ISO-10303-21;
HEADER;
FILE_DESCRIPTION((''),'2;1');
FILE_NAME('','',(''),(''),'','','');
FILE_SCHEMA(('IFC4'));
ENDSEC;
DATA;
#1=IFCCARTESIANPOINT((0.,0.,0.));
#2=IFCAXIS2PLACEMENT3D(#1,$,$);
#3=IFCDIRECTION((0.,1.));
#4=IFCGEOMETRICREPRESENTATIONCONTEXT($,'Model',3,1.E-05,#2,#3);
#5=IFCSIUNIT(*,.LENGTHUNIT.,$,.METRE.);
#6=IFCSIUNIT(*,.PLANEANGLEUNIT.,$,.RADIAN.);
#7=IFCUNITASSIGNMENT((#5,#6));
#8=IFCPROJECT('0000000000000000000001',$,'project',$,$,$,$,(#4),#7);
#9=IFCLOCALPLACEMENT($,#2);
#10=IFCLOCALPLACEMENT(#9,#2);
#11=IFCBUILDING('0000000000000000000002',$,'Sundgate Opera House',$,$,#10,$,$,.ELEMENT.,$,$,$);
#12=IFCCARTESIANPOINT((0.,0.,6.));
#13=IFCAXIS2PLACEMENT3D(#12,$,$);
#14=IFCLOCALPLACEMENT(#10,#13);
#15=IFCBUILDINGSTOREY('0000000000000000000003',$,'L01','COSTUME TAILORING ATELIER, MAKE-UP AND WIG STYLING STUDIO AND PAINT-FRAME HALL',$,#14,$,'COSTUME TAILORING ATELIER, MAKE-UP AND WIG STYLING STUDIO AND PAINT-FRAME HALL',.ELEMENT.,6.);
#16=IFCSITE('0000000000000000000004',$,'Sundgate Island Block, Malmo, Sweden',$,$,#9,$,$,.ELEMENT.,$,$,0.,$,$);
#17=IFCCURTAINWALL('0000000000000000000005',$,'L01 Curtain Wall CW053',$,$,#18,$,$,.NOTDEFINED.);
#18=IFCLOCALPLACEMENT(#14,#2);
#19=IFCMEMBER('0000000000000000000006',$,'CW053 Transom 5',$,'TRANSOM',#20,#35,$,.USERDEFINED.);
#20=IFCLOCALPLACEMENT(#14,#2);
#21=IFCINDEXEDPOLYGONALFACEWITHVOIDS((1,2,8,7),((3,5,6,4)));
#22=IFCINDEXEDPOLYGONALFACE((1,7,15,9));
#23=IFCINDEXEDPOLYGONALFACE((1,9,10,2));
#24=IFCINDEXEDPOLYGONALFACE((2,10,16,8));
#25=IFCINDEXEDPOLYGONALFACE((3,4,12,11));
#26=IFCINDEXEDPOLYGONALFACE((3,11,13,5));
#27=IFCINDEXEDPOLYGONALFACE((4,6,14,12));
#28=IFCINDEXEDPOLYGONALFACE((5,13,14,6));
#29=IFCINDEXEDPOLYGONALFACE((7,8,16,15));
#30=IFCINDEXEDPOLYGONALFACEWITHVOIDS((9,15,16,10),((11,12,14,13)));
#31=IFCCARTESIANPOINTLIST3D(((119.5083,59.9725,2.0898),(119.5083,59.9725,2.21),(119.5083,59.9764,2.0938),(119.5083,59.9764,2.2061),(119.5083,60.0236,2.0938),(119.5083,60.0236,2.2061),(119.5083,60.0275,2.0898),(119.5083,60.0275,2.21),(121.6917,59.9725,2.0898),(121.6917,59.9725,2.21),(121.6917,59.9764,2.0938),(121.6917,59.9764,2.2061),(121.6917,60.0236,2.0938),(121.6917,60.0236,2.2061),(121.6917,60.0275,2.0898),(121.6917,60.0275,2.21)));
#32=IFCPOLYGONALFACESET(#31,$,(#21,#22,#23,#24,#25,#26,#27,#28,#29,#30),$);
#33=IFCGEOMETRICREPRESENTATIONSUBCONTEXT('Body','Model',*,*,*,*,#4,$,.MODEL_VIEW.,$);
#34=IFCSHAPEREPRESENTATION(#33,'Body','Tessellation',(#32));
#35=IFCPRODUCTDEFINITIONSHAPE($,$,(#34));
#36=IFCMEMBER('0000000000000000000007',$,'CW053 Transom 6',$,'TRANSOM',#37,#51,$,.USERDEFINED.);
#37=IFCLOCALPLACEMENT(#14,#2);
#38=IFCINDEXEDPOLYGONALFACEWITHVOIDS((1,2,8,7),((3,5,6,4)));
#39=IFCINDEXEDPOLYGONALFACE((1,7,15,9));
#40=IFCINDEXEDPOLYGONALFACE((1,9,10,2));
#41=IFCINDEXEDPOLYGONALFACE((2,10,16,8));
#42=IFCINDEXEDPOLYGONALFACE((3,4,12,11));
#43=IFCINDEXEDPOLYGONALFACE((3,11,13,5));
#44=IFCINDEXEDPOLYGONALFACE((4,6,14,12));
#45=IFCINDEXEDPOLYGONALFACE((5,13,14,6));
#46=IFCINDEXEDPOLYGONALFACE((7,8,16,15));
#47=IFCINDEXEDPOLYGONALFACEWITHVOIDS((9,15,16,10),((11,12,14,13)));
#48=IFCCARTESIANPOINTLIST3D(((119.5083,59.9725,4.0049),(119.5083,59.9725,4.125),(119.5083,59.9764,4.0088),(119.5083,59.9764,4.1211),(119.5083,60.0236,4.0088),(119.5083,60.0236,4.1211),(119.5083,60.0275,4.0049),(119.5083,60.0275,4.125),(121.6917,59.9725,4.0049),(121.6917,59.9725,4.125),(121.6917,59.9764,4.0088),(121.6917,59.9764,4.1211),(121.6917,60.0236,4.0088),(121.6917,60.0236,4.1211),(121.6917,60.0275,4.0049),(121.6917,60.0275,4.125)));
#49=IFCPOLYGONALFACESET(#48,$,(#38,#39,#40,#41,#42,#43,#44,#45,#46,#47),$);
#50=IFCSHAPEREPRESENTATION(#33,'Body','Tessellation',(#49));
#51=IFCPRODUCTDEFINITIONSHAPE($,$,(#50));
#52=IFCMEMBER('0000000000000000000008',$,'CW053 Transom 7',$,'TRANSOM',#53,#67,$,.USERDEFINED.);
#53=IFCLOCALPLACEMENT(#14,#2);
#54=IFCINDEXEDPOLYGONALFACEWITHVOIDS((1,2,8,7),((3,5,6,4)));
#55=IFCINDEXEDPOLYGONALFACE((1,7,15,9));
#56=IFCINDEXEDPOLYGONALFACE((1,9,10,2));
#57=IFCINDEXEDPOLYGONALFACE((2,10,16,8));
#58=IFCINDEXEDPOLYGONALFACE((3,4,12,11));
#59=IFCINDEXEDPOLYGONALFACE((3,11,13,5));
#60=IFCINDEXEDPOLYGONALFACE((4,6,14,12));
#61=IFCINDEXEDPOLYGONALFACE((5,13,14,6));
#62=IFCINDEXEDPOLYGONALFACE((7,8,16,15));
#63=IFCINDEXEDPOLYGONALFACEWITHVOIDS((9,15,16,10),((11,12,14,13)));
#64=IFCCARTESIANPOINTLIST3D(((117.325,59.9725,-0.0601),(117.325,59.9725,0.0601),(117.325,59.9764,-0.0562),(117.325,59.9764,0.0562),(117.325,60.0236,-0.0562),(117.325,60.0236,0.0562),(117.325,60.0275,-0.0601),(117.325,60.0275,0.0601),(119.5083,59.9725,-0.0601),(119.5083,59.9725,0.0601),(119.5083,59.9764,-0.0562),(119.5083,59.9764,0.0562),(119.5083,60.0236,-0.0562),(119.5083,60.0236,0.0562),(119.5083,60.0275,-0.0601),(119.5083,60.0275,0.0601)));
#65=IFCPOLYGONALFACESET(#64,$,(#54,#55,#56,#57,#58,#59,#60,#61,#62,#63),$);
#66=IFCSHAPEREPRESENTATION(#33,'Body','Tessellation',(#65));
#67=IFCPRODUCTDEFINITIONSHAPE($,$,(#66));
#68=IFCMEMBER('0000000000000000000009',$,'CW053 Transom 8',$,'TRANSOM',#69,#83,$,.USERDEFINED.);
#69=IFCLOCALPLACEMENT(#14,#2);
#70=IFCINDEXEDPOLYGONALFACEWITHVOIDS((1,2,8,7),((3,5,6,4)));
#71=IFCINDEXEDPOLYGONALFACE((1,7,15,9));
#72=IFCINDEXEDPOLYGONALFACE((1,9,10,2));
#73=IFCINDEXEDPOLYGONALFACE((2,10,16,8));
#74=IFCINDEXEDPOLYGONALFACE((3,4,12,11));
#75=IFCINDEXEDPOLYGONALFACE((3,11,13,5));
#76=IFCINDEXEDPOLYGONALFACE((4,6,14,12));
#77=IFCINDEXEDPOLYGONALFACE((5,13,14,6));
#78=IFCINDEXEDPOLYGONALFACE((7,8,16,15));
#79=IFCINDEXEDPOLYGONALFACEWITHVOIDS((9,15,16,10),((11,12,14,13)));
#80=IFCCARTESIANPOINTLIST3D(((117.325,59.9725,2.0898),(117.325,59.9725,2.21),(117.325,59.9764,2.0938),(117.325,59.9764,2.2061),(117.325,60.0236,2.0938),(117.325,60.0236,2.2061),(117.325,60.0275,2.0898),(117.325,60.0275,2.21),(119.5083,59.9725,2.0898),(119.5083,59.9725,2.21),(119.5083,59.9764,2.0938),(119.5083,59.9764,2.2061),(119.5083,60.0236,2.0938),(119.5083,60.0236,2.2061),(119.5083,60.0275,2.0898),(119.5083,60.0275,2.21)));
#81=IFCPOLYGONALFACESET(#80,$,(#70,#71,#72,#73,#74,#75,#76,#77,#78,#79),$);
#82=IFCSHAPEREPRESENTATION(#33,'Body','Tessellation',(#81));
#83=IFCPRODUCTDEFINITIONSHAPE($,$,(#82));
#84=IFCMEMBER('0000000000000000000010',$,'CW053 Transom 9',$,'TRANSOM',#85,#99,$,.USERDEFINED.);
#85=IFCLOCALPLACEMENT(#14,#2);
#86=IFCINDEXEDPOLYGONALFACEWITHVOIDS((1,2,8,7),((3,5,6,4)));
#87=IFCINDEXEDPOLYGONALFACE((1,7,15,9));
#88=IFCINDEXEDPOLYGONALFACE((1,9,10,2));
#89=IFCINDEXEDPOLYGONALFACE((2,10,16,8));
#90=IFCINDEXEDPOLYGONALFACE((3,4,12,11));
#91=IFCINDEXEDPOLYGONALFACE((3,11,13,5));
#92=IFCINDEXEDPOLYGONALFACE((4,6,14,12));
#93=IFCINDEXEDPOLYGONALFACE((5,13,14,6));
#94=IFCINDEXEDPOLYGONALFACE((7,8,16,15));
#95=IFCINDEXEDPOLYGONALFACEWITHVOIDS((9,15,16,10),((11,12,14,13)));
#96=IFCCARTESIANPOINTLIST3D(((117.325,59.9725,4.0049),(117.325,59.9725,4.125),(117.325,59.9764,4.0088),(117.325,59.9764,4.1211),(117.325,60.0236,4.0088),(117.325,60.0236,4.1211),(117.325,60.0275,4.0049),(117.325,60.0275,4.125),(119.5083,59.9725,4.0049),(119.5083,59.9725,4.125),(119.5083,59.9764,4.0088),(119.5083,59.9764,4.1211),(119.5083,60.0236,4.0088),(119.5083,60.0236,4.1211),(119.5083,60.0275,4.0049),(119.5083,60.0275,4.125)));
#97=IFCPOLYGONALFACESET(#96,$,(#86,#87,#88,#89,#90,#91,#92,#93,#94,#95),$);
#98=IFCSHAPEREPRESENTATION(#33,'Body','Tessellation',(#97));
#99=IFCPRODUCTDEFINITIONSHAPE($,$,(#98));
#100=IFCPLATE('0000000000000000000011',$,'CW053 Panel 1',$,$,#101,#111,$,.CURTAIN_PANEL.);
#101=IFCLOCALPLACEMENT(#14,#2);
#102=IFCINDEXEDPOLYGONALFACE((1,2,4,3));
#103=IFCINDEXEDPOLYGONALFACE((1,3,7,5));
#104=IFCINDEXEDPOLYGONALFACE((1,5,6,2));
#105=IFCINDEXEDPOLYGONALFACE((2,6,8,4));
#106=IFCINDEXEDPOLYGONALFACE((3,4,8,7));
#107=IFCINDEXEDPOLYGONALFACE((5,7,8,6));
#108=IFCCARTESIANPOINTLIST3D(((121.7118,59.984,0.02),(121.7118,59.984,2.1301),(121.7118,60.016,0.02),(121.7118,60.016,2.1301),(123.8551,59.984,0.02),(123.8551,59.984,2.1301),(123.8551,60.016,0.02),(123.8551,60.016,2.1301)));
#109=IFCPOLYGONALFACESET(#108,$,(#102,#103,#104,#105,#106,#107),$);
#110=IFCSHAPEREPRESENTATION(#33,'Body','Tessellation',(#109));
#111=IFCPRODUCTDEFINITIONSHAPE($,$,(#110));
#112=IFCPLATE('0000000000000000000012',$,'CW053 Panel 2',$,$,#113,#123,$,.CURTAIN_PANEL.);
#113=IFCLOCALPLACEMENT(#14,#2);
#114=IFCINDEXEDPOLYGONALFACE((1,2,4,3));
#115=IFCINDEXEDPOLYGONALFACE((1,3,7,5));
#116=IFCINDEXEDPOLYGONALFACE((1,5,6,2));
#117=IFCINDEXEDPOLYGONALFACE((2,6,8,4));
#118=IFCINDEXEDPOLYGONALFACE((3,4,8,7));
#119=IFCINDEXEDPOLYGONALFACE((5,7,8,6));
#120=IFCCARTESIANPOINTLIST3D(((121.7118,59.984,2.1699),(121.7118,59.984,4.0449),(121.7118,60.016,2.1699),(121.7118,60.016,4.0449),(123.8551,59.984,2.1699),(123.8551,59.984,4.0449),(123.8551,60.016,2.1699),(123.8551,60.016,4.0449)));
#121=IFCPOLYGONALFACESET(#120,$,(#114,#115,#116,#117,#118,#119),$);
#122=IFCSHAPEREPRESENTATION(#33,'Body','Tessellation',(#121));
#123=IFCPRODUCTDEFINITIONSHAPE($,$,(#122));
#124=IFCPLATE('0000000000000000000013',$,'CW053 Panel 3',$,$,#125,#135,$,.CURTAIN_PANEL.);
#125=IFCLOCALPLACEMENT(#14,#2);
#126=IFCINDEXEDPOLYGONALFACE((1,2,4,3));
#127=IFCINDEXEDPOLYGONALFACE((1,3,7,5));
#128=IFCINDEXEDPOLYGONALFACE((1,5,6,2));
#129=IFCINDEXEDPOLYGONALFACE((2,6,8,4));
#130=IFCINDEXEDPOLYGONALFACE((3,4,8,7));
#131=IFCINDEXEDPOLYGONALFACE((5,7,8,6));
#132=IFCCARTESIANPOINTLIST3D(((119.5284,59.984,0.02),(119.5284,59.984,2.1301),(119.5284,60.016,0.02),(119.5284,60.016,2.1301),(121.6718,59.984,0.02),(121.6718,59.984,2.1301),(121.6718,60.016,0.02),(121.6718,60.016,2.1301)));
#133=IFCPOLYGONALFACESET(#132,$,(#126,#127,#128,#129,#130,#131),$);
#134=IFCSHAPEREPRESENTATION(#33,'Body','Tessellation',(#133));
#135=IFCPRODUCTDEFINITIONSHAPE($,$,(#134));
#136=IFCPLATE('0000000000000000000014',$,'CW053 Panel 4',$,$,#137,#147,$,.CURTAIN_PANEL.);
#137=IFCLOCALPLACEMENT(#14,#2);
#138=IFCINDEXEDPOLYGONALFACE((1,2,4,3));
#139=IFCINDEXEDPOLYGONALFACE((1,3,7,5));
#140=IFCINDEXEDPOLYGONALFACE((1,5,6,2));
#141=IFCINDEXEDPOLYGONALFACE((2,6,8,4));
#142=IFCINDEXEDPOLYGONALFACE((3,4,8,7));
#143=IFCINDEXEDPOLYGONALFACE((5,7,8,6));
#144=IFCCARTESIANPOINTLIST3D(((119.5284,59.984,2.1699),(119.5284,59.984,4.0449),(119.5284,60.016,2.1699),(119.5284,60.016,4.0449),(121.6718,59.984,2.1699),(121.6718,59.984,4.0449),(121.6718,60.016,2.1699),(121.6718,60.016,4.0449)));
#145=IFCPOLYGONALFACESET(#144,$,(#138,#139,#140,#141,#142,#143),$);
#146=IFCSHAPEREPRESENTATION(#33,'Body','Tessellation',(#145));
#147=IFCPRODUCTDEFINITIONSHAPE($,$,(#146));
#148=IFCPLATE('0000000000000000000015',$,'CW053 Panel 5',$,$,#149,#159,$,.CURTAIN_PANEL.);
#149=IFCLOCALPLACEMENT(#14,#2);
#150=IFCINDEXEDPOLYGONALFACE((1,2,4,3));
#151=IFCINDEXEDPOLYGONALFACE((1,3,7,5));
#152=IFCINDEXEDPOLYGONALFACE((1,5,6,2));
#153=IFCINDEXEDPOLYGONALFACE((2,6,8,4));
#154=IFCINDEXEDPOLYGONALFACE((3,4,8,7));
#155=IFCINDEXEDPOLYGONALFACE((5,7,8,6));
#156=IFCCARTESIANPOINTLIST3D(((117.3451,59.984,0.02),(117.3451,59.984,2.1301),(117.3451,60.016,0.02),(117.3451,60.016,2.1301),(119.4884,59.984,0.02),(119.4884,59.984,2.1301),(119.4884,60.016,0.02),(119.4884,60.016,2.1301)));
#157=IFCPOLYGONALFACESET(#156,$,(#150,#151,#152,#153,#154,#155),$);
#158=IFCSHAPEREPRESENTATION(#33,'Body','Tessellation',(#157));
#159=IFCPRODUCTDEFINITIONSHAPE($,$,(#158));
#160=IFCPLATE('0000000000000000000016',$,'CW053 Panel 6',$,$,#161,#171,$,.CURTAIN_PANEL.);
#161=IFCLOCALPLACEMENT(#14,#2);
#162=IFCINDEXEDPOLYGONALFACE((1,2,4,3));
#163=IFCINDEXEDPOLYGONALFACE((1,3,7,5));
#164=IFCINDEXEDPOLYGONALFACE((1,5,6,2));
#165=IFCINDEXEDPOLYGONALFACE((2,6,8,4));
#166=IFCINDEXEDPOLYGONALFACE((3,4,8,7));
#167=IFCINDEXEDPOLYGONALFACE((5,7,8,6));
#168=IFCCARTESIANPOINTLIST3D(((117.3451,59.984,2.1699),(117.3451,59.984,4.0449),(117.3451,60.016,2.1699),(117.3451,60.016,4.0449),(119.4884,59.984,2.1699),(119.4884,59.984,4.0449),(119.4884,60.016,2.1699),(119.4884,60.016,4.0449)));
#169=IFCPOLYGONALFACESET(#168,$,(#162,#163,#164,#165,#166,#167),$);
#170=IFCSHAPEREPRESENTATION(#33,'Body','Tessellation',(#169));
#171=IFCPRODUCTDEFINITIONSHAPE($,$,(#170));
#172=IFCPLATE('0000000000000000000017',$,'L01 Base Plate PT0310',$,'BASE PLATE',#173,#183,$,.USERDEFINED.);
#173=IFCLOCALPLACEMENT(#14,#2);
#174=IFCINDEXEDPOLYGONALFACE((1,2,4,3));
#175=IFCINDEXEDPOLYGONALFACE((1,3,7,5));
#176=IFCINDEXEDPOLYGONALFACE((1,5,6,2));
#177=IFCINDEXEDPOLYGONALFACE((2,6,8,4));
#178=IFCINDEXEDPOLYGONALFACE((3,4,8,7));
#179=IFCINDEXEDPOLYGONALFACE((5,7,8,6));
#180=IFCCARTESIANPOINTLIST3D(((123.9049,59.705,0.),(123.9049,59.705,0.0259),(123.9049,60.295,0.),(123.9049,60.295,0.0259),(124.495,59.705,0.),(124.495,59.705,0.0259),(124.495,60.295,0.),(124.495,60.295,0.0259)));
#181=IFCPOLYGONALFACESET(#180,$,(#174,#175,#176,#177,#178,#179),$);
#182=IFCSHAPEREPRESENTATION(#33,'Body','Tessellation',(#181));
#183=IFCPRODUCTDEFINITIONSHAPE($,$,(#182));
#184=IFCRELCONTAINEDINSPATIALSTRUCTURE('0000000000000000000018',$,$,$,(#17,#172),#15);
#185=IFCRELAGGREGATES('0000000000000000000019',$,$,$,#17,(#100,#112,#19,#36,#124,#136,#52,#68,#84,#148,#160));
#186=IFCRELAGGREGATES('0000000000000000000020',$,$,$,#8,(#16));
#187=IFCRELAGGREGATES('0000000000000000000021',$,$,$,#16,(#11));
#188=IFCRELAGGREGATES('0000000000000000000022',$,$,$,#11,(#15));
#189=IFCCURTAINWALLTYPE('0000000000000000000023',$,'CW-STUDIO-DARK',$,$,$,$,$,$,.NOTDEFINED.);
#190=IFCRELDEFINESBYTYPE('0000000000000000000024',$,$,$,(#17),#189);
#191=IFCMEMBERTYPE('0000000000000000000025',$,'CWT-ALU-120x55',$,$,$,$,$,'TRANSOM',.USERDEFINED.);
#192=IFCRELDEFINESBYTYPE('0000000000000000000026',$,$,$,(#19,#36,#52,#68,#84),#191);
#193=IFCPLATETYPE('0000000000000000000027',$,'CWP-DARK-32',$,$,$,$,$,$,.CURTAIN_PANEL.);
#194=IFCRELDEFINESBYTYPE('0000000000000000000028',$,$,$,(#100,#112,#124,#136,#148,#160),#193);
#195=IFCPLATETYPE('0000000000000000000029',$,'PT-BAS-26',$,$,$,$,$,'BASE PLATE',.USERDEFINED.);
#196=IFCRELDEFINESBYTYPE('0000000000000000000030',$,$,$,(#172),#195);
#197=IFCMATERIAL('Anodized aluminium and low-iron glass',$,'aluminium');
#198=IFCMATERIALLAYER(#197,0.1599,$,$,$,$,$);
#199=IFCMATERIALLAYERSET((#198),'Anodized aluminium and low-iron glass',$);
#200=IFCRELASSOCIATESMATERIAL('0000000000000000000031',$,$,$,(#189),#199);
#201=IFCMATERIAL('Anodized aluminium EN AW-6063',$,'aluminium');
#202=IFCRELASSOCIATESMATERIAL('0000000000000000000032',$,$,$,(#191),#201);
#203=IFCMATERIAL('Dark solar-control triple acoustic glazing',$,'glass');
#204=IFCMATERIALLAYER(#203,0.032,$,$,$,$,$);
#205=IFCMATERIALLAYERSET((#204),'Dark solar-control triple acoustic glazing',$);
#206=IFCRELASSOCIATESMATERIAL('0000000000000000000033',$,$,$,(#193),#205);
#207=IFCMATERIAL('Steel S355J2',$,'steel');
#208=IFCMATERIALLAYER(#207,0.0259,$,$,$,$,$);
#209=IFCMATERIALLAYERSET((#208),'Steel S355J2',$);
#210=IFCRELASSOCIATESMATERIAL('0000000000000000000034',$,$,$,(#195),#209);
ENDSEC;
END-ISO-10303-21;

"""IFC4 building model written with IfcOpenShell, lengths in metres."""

from ifc_helpers import new_model, si_unit, direction, frame, origin, origin_2d, place, context, subcontext, project, spatial, rectangle, hollow_rectangle, extrude, material, layer, layer_set, material_profile, profile_set, type_object, element, aggregate, save


model = new_model("IFC4")

# Units and contexts
model_context = context("Model", 3, precision=1e-05, world=origin(), true_north=direction((0.0, 1.0)))
body_context = subcontext(model_context, "Body", "Model", "MODEL_VIEW")
ifc_project = project(units=[si_unit("LENGTHUNIT", "METRE"), si_unit("PLANEANGLEUNIT", "RADIAN")], contexts=[model_context])

# Site, building, storey
site_placement = place(None, origin())
site = spatial("IfcSite", under=ifc_project, at=site_placement, Name="Sundgate Island Block, Malmo, Sweden", CompositionType="ELEMENT", RefElevation=0.0)
building_placement = place(site_placement, origin())
building = spatial("IfcBuilding", under=site, at=building_placement, Name="Sundgate Opera House", CompositionType="ELEMENT")
storey_placement = place(building_placement, frame((0.0, 0.0, 6.0)))
storey = spatial("IfcBuildingStorey", under=building, at=storey_placement, Name="L01", Description="COSTUME TAILORING ATELIER, MAKE-UP AND WIG STYLING STUDIO AND PAINT-FRAME HALL", LongName="COSTUME TAILORING ATELIER, MAKE-UP AND WIG STYLING STUDIO AND PAINT-FRAME HALL", CompositionType="ELEMENT", Elevation=6.0)

# Curtain wall, members, plates
ifc_material_1 = material(Name="Anodized aluminium and low-iron glass", Category="aluminium")
ifc_layer_1 = layer(ifc_material_1, 0.1599)
ifc_layer_set_1 = layer_set([ifc_layer_1], Name="Anodized aluminium and low-iron glass")
curtain_wall_type = type_object("IfcCurtainWallType", Name="CW-STUDIO-DARK", PredefinedType="NOTDEFINED", material=ifc_layer_set_1)
curtain_wall_placement = place(storey_placement, origin())
curtain_wall = element("IfcCurtainWall", 1, at=curtain_wall_placement, inside=storey, type_object=curtain_wall_type, Name="L01 Curtain Wall CW053", PredefinedType="NOTDEFINED")
ifc_material_2 = material(Name="Anodized aluminium EN AW-6063", Category="aluminium")
ifc_material_profile_1 = material_profile(ifc_material_2, hollow_rectangle(XDim=0.0549, YDim=0.1201, WallThickness=0.0039, at=origin_2d()), Name="CWT 120x55x4")
ifc_profile_set_1 = profile_set([ifc_material_profile_1], Name="Anodized aluminium EN AW-6063")
member_type_1 = type_object("IfcMemberType", Name="CWT-ALU-120x55", ElementType="TRANSOM", PredefinedType="USERDEFINED", material=ifc_profile_set_1)
member_1_placement = place(storey_placement, frame((121.6917, 60.0, 2.1499), z_axis=(-1.0, 0.0, 0.0), x_axis=(0.0, -1.0, 0.0)))
member_1 = element("IfcMember", 2, at=member_1_placement, type_object=member_type_1, Name="CW053 Transom 5", ObjectType="TRANSOM", PredefinedType="USERDEFINED", context=body_context, shape_type="SweptSolid", body=[
    extrude(hollow_rectangle(XDim=0.0549, YDim=0.1201, WallThickness=0.0039, at=origin_2d()), origin(), (0.0, 0.0, 1.0), 2.1833),
])
member_2_placement = place(storey_placement, frame((121.6917, 60.0, 4.0649), z_axis=(-1.0, 0.0, 0.0), x_axis=(0.0, -1.0, 0.0)))
member_2 = element("IfcMember", 3, at=member_2_placement, type_object=member_type_1, Name="CW053 Transom 6", ObjectType="TRANSOM", PredefinedType="USERDEFINED", context=body_context, shape_type="SweptSolid", body=[
    extrude(hollow_rectangle(XDim=0.0549, YDim=0.1201, WallThickness=0.0039, at=origin_2d()), origin(), (0.0, 0.0, 1.0), 2.1833),
])
member_3_placement = place(storey_placement, frame((119.5083, 60.0, 0.0), z_axis=(-1.0, 0.0, 0.0), x_axis=(0.0, -1.0, 0.0)))
member_3 = element("IfcMember", 4, at=member_3_placement, type_object=member_type_1, Name="CW053 Transom 7", ObjectType="TRANSOM", PredefinedType="USERDEFINED", context=body_context, shape_type="SweptSolid", body=[
    extrude(hollow_rectangle(XDim=0.0549, YDim=0.1201, WallThickness=0.0039, at=origin_2d()), origin(), (0.0, 0.0, 1.0), 2.1833),
])
member_4_placement = place(storey_placement, frame((119.5083, 60.0, 2.1499), z_axis=(-1.0, 0.0, 0.0), x_axis=(0.0, -1.0, 0.0)))
member_4 = element("IfcMember", 5, at=member_4_placement, type_object=member_type_1, Name="CW053 Transom 8", ObjectType="TRANSOM", PredefinedType="USERDEFINED", context=body_context, shape_type="SweptSolid", body=[
    extrude(hollow_rectangle(XDim=0.0549, YDim=0.1201, WallThickness=0.0039, at=origin_2d()), origin(), (0.0, 0.0, 1.0), 2.1833),
])
member_5_placement = place(storey_placement, frame((119.5083, 60.0, 4.0649), z_axis=(-1.0, 0.0, 0.0), x_axis=(0.0, -1.0, 0.0)))
member_5 = element("IfcMember", 6, at=member_5_placement, type_object=member_type_1, Name="CW053 Transom 9", ObjectType="TRANSOM", PredefinedType="USERDEFINED", context=body_context, shape_type="SweptSolid", body=[
    extrude(hollow_rectangle(XDim=0.0549, YDim=0.1201, WallThickness=0.0039, at=origin_2d()), origin(), (0.0, 0.0, 1.0), 2.1833),
])
ifc_material_3 = material(Name="Dark solar-control triple acoustic glazing", Category="glass")
ifc_layer_2 = layer(ifc_material_3, 0.032)
ifc_layer_set_2 = layer_set([ifc_layer_2], Name="Dark solar-control triple acoustic glazing")
plate_type_1 = type_object("IfcPlateType", Name="CWP-DARK-32", PredefinedType="CURTAIN_PANEL", material=ifc_layer_set_2)
plate_1_placement = place(storey_placement, frame((122.7834, 60.0, 0.02), z_axis=(0.0, 0.0, 1.0), x_axis=(-1.0, 0.0, 0.0)))
plate_1 = element("IfcPlate", 7, at=plate_1_placement, type_object=plate_type_1, Name="CW053 Panel 1", PredefinedType="CURTAIN_PANEL", context=body_context, shape_type="SweptSolid", body=[
    extrude(rectangle(XDim=2.1433, YDim=0.032, at=origin_2d()), origin(), (0.0, 0.0, 1.0), 2.1101),
])
plate_2_placement = place(storey_placement, frame((122.7834, 60.0, 2.1699), z_axis=(0.0, 0.0, 1.0), x_axis=(-1.0, 0.0, 0.0)))
plate_2 = element("IfcPlate", 8, at=plate_2_placement, type_object=plate_type_1, Name="CW053 Panel 2", PredefinedType="CURTAIN_PANEL", context=body_context, shape_type="SweptSolid", body=[
    extrude(rectangle(XDim=2.1433, YDim=0.032, at=origin_2d()), origin(), (0.0, 0.0, 1.0), 1.875),
])
plate_3_placement = place(storey_placement, frame((120.6001, 60.0, 0.02), z_axis=(0.0, 0.0, 1.0), x_axis=(-1.0, 0.0, 0.0)))
plate_3 = element("IfcPlate", 9, at=plate_3_placement, type_object=plate_type_1, Name="CW053 Panel 3", PredefinedType="CURTAIN_PANEL", context=body_context, shape_type="SweptSolid", body=[
    extrude(rectangle(XDim=2.1433, YDim=0.032, at=origin_2d()), origin(), (0.0, 0.0, 1.0), 2.1101),
])
plate_4_placement = place(storey_placement, frame((120.6001, 60.0, 2.1699), z_axis=(0.0, 0.0, 1.0), x_axis=(-1.0, 0.0, 0.0)))
plate_4 = element("IfcPlate", 10, at=plate_4_placement, type_object=plate_type_1, Name="CW053 Panel 4", PredefinedType="CURTAIN_PANEL", context=body_context, shape_type="SweptSolid", body=[
    extrude(rectangle(XDim=2.1433, YDim=0.032, at=origin_2d()), origin(), (0.0, 0.0, 1.0), 1.875),
])
plate_5_placement = place(storey_placement, frame((118.4167, 60.0, 0.02), z_axis=(0.0, 0.0, 1.0), x_axis=(-1.0, 0.0, 0.0)))
plate_5 = element("IfcPlate", 11, at=plate_5_placement, type_object=plate_type_1, Name="CW053 Panel 5", PredefinedType="CURTAIN_PANEL", context=body_context, shape_type="SweptSolid", body=[
    extrude(rectangle(XDim=2.1433, YDim=0.032, at=origin_2d()), origin(), (0.0, 0.0, 1.0), 2.1101),
])
plate_6_placement = place(storey_placement, frame((118.4167, 60.0, 2.1699), z_axis=(0.0, 0.0, 1.0), x_axis=(-1.0, 0.0, 0.0)))
plate_6 = element("IfcPlate", 12, at=plate_6_placement, type_object=plate_type_1, Name="CW053 Panel 6", PredefinedType="CURTAIN_PANEL", context=body_context, shape_type="SweptSolid", body=[
    extrude(rectangle(XDim=2.1433, YDim=0.032, at=origin_2d()), origin(), (0.0, 0.0, 1.0), 1.875),
])
aggregate(curtain_wall, [plate_1, plate_2, member_1, member_2, plate_3, plate_4, member_3, member_4, member_5, plate_5, plate_6])

# Plate
ifc_material_4 = material(Name="Steel S355J2", Category="steel")
ifc_layer_3 = layer(ifc_material_4, 0.0259)
ifc_layer_set_3 = layer_set([ifc_layer_3], Name="Steel S355J2")
plate_type_2 = type_object("IfcPlateType", Name="PT-BAS-26", ElementType="BASE PLATE", PredefinedType="USERDEFINED", material=ifc_layer_set_3)
plate_7_placement = place(storey_placement, frame((124.2, 60.0, 0.0), z_axis=(0.0, 0.0, 1.0), x_axis=(1.0, 0.0, 0.0)))
element("IfcPlate", 13, at=plate_7_placement, inside=storey, type_object=plate_type_2, Name="L01 Base Plate PT0310", ObjectType="BASE PLATE", PredefinedType="USERDEFINED", context=body_context, shape_type="SweptSolid", body=[
    extrude(rectangle(XDim=0.5901, YDim=0.5901, at=origin_2d()), origin(), (0.0, 0.0, 1.0), 0.0259),
])

save(model, "model.ifc")
